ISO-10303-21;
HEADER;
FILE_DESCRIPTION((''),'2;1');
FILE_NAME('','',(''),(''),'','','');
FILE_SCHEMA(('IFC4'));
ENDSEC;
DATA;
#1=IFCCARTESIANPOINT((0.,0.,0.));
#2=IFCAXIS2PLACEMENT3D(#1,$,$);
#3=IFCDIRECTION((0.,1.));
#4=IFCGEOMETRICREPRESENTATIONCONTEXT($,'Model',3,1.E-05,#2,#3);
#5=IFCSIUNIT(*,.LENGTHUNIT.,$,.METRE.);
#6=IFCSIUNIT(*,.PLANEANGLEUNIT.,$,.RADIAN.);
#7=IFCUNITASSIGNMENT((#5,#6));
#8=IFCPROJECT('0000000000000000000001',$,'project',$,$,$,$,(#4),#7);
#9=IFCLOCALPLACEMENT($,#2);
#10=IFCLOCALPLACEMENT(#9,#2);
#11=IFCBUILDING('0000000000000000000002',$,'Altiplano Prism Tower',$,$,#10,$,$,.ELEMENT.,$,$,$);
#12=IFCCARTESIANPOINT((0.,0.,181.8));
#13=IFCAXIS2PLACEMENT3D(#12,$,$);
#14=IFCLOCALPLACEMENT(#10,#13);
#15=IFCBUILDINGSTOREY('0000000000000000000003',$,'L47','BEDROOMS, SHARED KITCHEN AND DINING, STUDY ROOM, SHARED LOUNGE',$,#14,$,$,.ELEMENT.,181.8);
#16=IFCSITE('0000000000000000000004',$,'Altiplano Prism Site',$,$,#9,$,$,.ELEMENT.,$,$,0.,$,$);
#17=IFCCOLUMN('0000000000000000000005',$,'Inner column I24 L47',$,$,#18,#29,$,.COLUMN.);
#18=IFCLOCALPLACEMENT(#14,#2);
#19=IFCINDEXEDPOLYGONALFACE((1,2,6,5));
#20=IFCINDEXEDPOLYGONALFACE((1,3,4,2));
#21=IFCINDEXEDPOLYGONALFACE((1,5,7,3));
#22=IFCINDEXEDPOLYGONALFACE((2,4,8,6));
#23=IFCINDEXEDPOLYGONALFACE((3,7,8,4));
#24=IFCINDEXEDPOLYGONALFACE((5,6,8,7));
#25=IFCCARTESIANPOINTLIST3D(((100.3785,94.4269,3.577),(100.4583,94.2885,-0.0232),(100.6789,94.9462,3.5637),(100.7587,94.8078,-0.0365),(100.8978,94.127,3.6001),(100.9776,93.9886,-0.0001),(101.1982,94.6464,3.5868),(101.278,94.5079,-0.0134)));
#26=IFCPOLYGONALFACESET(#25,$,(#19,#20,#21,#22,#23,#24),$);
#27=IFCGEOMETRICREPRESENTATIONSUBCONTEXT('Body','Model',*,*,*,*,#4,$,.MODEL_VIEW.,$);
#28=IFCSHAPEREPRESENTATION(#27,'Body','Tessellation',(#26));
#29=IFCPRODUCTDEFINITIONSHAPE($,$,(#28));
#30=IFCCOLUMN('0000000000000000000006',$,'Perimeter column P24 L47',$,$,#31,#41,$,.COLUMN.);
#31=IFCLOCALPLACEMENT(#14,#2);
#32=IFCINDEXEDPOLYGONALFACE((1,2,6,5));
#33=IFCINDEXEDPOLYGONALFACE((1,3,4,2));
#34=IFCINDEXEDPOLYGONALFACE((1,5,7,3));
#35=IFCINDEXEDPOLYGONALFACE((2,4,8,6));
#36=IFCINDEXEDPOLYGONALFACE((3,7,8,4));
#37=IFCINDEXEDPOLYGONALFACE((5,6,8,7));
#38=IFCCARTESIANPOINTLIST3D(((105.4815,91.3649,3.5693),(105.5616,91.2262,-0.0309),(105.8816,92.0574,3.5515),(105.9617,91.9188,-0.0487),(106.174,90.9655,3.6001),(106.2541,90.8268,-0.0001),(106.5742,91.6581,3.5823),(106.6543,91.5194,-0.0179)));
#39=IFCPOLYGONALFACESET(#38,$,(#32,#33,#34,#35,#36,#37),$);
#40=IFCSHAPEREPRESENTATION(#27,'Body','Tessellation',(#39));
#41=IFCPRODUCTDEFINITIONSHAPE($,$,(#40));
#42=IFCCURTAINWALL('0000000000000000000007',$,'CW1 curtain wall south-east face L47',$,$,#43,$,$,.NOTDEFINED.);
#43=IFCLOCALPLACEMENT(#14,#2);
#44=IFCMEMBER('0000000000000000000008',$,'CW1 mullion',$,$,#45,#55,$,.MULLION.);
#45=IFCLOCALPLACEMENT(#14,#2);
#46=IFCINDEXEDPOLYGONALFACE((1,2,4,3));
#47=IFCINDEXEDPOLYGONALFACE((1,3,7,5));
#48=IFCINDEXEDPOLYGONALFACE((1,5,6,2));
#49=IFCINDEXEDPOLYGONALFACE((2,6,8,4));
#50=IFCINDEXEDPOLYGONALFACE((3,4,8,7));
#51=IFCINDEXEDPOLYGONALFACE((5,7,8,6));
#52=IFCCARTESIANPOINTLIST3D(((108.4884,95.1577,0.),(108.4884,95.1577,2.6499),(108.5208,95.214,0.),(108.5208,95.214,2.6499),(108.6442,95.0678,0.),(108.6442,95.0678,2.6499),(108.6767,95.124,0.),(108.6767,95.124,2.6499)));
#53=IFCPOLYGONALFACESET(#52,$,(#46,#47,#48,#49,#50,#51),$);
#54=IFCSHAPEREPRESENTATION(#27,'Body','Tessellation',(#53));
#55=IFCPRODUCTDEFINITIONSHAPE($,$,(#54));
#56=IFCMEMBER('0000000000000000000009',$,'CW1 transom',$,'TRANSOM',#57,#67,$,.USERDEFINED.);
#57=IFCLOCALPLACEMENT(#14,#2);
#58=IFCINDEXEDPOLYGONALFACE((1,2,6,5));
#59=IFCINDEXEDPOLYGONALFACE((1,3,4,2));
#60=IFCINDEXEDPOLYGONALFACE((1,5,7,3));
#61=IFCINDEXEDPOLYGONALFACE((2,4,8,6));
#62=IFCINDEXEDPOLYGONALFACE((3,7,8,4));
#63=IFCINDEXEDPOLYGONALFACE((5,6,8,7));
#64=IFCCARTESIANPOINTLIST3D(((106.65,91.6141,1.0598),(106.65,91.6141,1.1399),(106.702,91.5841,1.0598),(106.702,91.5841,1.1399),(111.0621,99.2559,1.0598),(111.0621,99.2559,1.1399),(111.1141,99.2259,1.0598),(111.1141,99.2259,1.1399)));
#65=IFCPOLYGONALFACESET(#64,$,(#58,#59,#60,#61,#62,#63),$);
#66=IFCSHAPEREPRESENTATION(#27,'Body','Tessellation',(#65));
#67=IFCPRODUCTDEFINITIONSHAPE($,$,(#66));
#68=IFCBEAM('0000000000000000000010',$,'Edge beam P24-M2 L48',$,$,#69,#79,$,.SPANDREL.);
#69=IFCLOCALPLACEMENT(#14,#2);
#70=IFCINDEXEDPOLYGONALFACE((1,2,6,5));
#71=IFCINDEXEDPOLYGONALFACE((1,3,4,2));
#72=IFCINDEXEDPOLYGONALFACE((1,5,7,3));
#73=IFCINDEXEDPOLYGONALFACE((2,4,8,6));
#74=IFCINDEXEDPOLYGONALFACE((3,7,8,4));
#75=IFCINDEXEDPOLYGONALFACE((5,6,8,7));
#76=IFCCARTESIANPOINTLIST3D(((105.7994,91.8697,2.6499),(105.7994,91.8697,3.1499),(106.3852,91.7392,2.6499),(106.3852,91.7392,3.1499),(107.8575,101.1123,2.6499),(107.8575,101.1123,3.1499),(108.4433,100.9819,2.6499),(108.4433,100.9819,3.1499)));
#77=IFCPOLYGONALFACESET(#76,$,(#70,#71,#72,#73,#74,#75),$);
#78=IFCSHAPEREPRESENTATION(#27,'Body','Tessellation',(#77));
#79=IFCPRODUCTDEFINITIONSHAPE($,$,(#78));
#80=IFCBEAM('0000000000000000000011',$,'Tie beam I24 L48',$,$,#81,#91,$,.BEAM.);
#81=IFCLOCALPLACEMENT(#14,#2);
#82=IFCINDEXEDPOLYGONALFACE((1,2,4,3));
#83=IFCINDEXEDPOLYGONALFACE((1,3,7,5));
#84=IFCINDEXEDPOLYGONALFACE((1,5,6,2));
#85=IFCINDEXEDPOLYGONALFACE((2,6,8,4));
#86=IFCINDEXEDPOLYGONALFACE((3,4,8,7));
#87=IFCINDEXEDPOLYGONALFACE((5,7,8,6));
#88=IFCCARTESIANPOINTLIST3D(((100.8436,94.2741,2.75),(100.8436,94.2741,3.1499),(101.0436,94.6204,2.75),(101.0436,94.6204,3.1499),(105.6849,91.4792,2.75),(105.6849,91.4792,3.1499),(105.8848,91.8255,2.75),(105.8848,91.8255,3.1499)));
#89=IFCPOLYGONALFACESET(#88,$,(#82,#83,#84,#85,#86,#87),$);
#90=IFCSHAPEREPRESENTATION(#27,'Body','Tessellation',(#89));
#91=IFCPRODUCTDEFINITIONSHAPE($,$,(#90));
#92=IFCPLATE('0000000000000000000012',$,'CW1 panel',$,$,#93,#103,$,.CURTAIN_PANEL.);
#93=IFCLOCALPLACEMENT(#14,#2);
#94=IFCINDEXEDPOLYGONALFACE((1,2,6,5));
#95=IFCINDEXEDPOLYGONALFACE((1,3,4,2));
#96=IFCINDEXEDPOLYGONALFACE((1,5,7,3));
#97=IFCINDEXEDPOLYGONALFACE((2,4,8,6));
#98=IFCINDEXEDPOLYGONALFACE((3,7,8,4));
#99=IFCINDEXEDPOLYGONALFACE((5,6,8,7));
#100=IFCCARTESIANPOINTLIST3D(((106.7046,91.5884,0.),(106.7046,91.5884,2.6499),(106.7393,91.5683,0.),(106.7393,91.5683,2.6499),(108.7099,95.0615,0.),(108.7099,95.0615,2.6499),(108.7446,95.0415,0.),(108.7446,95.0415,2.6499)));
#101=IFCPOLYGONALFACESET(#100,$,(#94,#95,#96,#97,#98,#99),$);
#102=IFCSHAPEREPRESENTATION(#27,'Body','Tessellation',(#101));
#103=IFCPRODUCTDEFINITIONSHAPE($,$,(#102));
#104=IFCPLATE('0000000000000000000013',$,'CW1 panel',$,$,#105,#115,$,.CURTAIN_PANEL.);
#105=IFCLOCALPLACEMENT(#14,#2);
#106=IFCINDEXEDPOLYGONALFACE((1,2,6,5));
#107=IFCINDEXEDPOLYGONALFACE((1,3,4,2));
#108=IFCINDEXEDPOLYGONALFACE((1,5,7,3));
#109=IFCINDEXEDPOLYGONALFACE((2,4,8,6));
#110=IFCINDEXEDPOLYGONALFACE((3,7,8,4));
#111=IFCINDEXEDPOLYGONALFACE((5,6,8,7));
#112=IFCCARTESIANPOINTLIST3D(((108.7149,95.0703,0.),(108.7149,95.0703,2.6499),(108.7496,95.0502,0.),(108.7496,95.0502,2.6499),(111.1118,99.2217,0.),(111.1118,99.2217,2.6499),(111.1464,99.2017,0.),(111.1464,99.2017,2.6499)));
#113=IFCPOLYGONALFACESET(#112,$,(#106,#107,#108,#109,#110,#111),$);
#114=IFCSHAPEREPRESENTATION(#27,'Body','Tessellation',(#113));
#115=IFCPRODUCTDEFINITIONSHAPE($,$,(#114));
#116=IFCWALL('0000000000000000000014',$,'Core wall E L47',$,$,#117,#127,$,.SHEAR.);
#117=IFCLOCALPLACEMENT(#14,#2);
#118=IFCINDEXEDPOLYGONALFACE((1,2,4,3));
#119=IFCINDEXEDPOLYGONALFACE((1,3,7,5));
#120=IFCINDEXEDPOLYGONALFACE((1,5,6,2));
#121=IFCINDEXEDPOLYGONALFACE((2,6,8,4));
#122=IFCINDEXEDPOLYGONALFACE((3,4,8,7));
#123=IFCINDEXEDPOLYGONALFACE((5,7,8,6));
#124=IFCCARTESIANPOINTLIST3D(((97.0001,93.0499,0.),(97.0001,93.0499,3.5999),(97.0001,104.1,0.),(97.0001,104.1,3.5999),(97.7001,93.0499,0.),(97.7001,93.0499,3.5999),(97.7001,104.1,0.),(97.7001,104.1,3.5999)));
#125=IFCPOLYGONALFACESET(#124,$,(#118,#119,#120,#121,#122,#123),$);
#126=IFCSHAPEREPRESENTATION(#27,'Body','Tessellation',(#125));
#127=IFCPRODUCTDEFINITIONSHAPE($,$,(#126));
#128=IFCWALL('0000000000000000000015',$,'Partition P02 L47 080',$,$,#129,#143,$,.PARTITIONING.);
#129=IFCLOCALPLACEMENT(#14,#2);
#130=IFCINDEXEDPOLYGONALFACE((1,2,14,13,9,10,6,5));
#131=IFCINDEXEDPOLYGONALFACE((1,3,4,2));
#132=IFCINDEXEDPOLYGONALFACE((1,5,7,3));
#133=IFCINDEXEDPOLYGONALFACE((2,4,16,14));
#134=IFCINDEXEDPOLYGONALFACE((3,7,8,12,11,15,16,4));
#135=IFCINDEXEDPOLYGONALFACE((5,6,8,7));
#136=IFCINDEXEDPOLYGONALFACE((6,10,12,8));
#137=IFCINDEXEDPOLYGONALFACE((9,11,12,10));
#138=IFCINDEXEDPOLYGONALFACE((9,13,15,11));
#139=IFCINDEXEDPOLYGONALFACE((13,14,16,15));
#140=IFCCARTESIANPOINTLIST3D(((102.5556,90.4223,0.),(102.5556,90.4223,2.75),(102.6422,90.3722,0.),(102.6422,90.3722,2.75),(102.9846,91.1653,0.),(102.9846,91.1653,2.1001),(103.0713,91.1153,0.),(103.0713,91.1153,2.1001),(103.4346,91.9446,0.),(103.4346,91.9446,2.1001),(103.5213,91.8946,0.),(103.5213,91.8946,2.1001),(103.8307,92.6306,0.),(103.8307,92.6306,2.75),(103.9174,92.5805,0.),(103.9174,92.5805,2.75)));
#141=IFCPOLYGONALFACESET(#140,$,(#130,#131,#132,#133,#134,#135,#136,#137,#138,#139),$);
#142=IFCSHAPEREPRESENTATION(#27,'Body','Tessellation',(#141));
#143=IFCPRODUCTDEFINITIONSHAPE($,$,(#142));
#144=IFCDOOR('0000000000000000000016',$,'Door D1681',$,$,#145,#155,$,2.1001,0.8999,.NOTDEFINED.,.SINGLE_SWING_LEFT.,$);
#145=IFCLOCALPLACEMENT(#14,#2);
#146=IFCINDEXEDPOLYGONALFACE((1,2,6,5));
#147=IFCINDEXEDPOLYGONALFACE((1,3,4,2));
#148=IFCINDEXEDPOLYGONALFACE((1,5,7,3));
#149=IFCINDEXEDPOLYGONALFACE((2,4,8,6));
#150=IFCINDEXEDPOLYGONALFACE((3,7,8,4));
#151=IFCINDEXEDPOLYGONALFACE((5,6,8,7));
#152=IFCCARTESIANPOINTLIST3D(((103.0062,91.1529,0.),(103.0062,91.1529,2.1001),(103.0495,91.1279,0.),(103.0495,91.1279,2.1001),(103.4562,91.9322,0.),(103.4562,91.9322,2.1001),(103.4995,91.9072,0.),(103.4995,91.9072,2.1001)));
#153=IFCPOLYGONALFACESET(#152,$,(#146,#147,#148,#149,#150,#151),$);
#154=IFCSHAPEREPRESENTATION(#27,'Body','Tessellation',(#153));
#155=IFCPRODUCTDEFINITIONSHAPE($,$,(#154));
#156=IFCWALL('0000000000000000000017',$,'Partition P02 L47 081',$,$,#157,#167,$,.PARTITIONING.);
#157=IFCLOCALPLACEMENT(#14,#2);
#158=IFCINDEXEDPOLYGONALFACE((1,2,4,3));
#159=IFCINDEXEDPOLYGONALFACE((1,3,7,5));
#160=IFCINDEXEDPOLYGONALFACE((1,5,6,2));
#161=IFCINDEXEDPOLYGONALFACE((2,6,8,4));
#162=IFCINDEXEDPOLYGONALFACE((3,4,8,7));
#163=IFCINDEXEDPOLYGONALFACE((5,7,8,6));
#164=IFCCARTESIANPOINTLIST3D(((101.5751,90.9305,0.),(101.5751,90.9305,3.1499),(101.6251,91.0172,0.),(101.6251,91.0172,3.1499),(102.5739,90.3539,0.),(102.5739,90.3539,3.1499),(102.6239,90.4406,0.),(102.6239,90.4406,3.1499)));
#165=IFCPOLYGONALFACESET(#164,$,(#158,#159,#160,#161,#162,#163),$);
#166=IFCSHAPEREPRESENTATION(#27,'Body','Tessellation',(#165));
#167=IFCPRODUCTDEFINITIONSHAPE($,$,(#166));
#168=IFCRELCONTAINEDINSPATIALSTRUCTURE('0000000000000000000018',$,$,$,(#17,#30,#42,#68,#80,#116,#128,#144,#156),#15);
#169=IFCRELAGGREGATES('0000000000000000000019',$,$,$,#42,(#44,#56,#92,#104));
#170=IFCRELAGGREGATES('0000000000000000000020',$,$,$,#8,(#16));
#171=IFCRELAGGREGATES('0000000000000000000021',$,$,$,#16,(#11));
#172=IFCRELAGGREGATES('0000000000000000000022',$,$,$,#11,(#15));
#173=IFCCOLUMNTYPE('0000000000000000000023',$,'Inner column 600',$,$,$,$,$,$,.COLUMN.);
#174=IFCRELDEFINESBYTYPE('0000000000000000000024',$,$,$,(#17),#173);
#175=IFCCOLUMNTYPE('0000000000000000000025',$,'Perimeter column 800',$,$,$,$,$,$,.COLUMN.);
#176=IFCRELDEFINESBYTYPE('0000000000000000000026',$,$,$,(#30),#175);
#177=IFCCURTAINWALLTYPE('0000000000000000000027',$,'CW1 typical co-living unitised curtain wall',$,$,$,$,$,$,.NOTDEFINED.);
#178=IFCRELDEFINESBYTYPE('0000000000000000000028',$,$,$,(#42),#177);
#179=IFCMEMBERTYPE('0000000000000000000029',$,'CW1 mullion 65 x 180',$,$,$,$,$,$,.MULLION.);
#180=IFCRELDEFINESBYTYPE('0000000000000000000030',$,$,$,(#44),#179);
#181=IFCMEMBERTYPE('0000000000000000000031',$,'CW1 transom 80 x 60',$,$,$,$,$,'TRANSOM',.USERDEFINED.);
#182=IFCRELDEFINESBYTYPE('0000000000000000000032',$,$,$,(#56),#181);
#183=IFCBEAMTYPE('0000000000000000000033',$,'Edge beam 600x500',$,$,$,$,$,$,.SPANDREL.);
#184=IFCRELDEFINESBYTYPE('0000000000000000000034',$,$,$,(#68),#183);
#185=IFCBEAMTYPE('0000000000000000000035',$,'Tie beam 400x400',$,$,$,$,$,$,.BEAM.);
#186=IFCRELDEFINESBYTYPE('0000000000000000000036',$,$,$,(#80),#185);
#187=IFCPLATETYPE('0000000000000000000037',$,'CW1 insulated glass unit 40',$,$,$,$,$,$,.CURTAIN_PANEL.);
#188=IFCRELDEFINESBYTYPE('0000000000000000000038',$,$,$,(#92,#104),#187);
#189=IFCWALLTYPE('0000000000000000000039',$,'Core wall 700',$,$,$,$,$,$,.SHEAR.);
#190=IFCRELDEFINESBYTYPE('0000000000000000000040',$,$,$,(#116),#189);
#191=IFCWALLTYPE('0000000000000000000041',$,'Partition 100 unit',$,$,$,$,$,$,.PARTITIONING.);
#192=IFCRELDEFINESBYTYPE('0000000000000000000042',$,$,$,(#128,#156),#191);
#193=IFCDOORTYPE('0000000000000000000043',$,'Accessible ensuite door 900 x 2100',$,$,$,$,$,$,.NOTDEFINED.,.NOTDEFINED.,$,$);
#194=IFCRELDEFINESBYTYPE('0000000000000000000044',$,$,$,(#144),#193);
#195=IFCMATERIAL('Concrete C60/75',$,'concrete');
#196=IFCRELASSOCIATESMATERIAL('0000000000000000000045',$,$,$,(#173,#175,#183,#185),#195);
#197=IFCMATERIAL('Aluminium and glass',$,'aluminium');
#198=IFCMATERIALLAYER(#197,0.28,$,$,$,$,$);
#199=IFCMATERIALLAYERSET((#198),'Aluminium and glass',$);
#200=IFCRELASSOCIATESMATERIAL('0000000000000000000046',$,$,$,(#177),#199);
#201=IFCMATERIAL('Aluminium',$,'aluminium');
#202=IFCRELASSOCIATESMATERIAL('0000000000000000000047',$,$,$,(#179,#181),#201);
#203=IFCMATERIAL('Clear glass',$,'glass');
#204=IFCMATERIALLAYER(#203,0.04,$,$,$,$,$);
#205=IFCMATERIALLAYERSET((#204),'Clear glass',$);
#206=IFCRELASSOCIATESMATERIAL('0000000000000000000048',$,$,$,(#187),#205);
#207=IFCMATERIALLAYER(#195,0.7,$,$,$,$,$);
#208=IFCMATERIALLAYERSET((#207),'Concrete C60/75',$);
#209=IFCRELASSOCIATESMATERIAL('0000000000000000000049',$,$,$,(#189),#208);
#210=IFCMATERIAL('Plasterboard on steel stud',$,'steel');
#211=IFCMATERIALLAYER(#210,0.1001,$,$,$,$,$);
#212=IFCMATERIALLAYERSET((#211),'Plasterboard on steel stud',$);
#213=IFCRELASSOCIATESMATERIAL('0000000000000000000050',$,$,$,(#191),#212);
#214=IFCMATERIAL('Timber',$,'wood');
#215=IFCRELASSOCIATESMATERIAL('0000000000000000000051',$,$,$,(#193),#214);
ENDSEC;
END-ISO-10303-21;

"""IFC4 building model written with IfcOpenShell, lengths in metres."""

from ifc_helpers import new_model, si_unit, direction, frame, frame_2d, origin, origin_2d, place, context, subcontext, project, spatial, rectangle, extrude, material, layer, layer_set, material_profile, profile_set, type_object, element, fill, aggregate, save


model = new_model("IFC4")

# Units and contexts
model_context = context("Model", 3, precision=1e-05, world=origin(), true_north=direction((0.0, 1.0)))
body_context = subcontext(model_context, "Body", "Model", "MODEL_VIEW")
ifc_project = project(units=[si_unit("LENGTHUNIT", "METRE"), si_unit("PLANEANGLEUNIT", "RADIAN")], contexts=[model_context])

# Site, building, storey
site_placement = place(None, origin())
site = spatial("IfcSite", under=ifc_project, at=site_placement, Name="Altiplano Prism Site", CompositionType="ELEMENT", RefElevation=0.0)
building_placement = place(site_placement, origin())
building = spatial("IfcBuilding", under=site, at=building_placement, Name="Altiplano Prism Tower", CompositionType="ELEMENT")
storey_placement = place(building_placement, frame((0.0, 0.0, 181.8)))
storey = spatial("IfcBuildingStorey", under=building, at=storey_placement, Name="L47", Description="BEDROOMS, SHARED KITCHEN AND DINING, STUDY ROOM, SHARED LOUNGE", CompositionType="ELEMENT", Elevation=181.8)

# Columns
ifc_material_1 = material(Name="Concrete C60/75", Category="concrete")
ifc_material_profile_1 = material_profile(ifc_material_1, rectangle(XDim=0.6001, YDim=0.6001, at=origin_2d()), Name="Inner column 600")
ifc_profile_set_1 = profile_set([ifc_material_profile_1], Name="Concrete C60/75")
column_type_1 = type_object("IfcColumnType", Name="Inner column 600", PredefinedType="COLUMN", material=ifc_profile_set_1)
column_1_placement = place(storey_placement, frame((100.8682, 94.3982, -0.0183), z_axis=(-0.022154, 0.038413, 0.999016), x_axis=(-0.500655, -0.865363, 0.022172)))
element("IfcColumn", 1, at=column_1_placement, inside=storey, type_object=column_type_1, Name="Inner column I24 L47", PredefinedType="COLUMN", context=body_context, shape_type="SweptSolid", body=[
    extrude(rectangle(XDim=0.6001, YDim=0.6001, at=origin_2d()), origin(), (0.0, 0.0, 1.0), 3.6038),
])
ifc_material_profile_2 = material_profile(ifc_material_1, rectangle(XDim=0.8, YDim=0.8, at=origin_2d()), Name="Perimeter column 800")
ifc_profile_set_2 = profile_set([ifc_material_profile_2], Name="Concrete C60/75")
column_type_2 = type_object("IfcColumnType", Name="Perimeter column 800", PredefinedType="COLUMN", material=ifc_profile_set_2)
column_2_placement = place(storey_placement, frame((106.1079, 91.3728, -0.0244), z_axis=(-0.022221, 0.038481, 0.999012), x_axis=(-0.500172, -0.865641, 0.022218)))
element("IfcColumn", 2, at=column_2_placement, inside=storey, type_object=column_type_2, Name="Perimeter column P24 L47", PredefinedType="COLUMN", context=body_context, shape_type="SweptSolid", body=[
    extrude(rectangle(XDim=0.8, YDim=0.8, at=origin_2d()), origin(), (0.0, 0.0, 1.0), 3.6038),
])

# Curtain wall, members
ifc_material_2 = material(Name="Aluminium and glass", Category="aluminium")
ifc_layer_1 = layer(ifc_material_2, 0.28)
ifc_layer_set_1 = layer_set([ifc_layer_1], Name="Aluminium and glass")
curtain_wall_type = type_object("IfcCurtainWallType", Name="CW1 typical co-living unitised curtain wall", PredefinedType="NOTDEFINED", material=ifc_layer_set_1)
curtain_wall_placement = place(storey_placement, origin())
curtain_wall = element("IfcCurtainWall", 3, at=curtain_wall_placement, inside=storey, type_object=curtain_wall_type, Name="CW1 curtain wall south-east face L47", PredefinedType="NOTDEFINED")
ifc_material_3 = material(Name="Aluminium", Category="aluminium")
ifc_material_profile_3 = material_profile(ifc_material_3, rectangle(XDim=0.1799, YDim=0.0649, at=origin_2d()), Name="CW1 mullion 65 x 180")
ifc_profile_set_3 = profile_set([ifc_material_profile_3], Name="Aluminium")
member_type_1 = type_object("IfcMemberType", Name="CW1 mullion 65 x 180", PredefinedType="MULLION", material=ifc_profile_set_3)
member_1_placement = place(storey_placement, frame((108.5825, 95.1409, 0.0), z_axis=(0.0, 0.0, 1.0), x_axis=(-0.866025, 0.5, 0.0)))
member_1 = element("IfcMember", 4, at=member_1_placement, type_object=member_type_1, Name="CW1 mullion", PredefinedType="MULLION", context=body_context, shape_type="SweptSolid", body=[
    extrude(rectangle(XDim=0.1799, YDim=0.0649, at=origin_2d()), origin(), (0.0, 0.0, 1.0), 2.6499),
])
ifc_material_profile_4 = material_profile(ifc_material_3, rectangle(XDim=0.0601, YDim=0.0801, at=origin_2d()), Name="CW1 transom 80 x 60")
ifc_profile_set_4 = profile_set([ifc_material_profile_4], Name="Aluminium")
member_type_2 = type_object("IfcMemberType", Name="CW1 transom 80 x 60", ElementType="TRANSOM", PredefinedType="USERDEFINED", material=ifc_profile_set_4)
member_2_placement = place(storey_placement, frame((106.676, 91.5991, 1.0999), z_axis=(0.500007, 0.866021, 0.0), x_axis=(-0.866021, 0.500007, 0.0)))
member_2 = element("IfcMember", 5, at=member_2_placement, type_object=member_type_2, Name="CW1 transom", ObjectType="TRANSOM", PredefinedType="USERDEFINED", context=body_context, shape_type="SweptSolid", body=[
    extrude(rectangle(XDim=0.0601, YDim=0.0801, at=origin_2d()), origin(), (0.0, 0.0, 1.0), 8.824),
])

# Beams
ifc_material_profile_5 = material_profile(ifc_material_1, rectangle(XDim=0.6001, YDim=0.5, at=origin_2d()), Name="Edge beam 600x500")
ifc_profile_set_5 = profile_set([ifc_material_profile_5], Name="Concrete C60/75")
beam_type_1 = type_object("IfcBeamType", Name="Edge beam 600x500", PredefinedType="SPANDREL", material=ifc_profile_set_5)
beam_1_placement = place(storey_placement, frame((106.0923, 91.8044, 2.8999), z_axis=(0.217351, 0.976094, 0.0), x_axis=(-0.976094, 0.217351, 0.0)))
element("IfcBeam", 6, at=beam_1_placement, inside=storey, type_object=beam_type_1, Name="Edge beam P24-M2 L48", PredefinedType="SPANDREL", context=body_context, shape_type="SweptSolid", body=[
    extrude(rectangle(XDim=0.6001, YDim=0.5, at=origin_2d()), origin(), (0.0, 0.0, 1.0), 9.469),
])
ifc_material_profile_6 = material_profile(ifc_material_1, rectangle(XDim=0.3999, YDim=0.3999, at=origin_2d()), Name="Tie beam 400x400")
ifc_profile_set_6 = profile_set([ifc_material_profile_6], Name="Concrete C60/75")
beam_type_2 = type_object("IfcBeamType", Name="Tie beam 400x400", PredefinedType="BEAM", material=ifc_profile_set_6)
beam_2_placement = place(storey_placement, frame((100.9436, 94.4473, 2.95), z_axis=(0.866042, -0.499972, 0.0), x_axis=(0.499972, 0.866042, 0.0)))
element("IfcBeam", 7, at=beam_2_placement, inside=storey, type_object=beam_type_2, Name="Tie beam I24 L48", PredefinedType="BEAM", context=body_context, shape_type="SweptSolid", body=[
    extrude(rectangle(XDim=0.3999, YDim=0.3999, at=origin_2d()), origin(), (0.0, 0.0, 1.0), 5.5901),
])

# Plates
ifc_material_4 = material(Name="Clear glass", Category="glass")
ifc_layer_2 = layer(ifc_material_4, 0.04)
ifc_layer_set_2 = layer_set([ifc_layer_2], Name="Clear glass")
plate_type = type_object("IfcPlateType", Name="CW1 insulated glass unit 40", PredefinedType="CURTAIN_PANEL", material=ifc_layer_set_2)
plate_1_placement = place(storey_placement, frame((107.7246, 93.3149, 0.0), z_axis=(0.0, 0.0, 1.0), x_axis=(0.5, 0.866025, 0.0)))
plate_1 = element("IfcPlate", 8, at=plate_1_placement, type_object=plate_type, Name="CW1 panel", PredefinedType="CURTAIN_PANEL", context=body_context, shape_type="SweptSolid", body=[
    extrude(rectangle(XDim=4.0105, YDim=0.04, at=origin_2d()), origin(), (0.0, 0.0, 1.0), 2.6499),
])
plate_2_placement = place(storey_placement, frame((109.9307, 97.136, 0.0), z_axis=(0.0, 0.0, 1.0), x_axis=(0.5, 0.866025, 0.0)))
plate_2 = element("IfcPlate", 9, at=plate_2_placement, type_object=plate_type, Name="CW1 panel", PredefinedType="CURTAIN_PANEL", context=body_context, shape_type="SweptSolid", body=[
    extrude(rectangle(XDim=4.7937, YDim=0.04, at=origin_2d()), origin(), (0.0, 0.0, 1.0), 2.6499),
])
aggregate(curtain_wall, [member_1, member_2, plate_1, plate_2])

# Wall
ifc_layer_3 = layer(ifc_material_1, 0.7)
ifc_layer_set_3 = layer_set([ifc_layer_3], Name="Concrete C60/75")
wall_type_1 = type_object("IfcWallType", Name="Core wall 700", PredefinedType="SHEAR", material=ifc_layer_set_3)
wall_1_placement = place(storey_placement, frame((97.3501, 93.05, 0.0), z_axis=(0.0, 0.0, 1.0), x_axis=(0.0, 1.0, 0.0)))
element("IfcWall", 10, at=wall_1_placement, inside=storey, type_object=wall_type_1, Name="Core wall E L47", PredefinedType="SHEAR", context=body_context, shape_type="SweptSolid", body=[
    extrude(rectangle(XDim=11.05, YDim=0.7, at=frame_2d((5.5249, 0.0))), origin(), (0.0, 0.0, 1.0), 3.5999),
])

# Wall, opening, door
ifc_material_5 = material(Name="Plasterboard on steel stud", Category="steel")
ifc_layer_4 = layer(ifc_material_5, 0.1001)
ifc_layer_set_4 = layer_set([ifc_layer_4], Name="Plasterboard on steel stud")
wall_type_2 = type_object("IfcWallType", Name="Partition 100 unit", PredefinedType="PARTITIONING", material=ifc_layer_set_4)
wall_2_placement = place(storey_placement, frame((103.874, 92.6055, 0.0), z_axis=(0.0, 0.0, 1.0), x_axis=(-0.500062, -0.865989, 0.0)))
wall_2 = element("IfcWall", 11, at=wall_2_placement, inside=storey, type_object=wall_type_2, Name="Partition P02 L47 080", PredefinedType="PARTITIONING", context=body_context, shape_type="SweptSolid", body=[
    extrude(rectangle(XDim=2.55, YDim=0.1001, at=frame_2d((1.2749, 0.0))), origin(), (0.0, 0.0, 1.0), 2.75),
])
opening_1_placement = place(wall_2_placement, frame((0.792, 0.0, 0.0)))
opening_1 = element("IfcOpeningElement", 12, at=opening_1_placement, cuts=wall_2, PredefinedType="OPENING", context=body_context, shape_type="SweptSolid", body=[
    extrude(rectangle(XDim=0.8999, YDim=2.1001, at=frame_2d((0.45, 1.05))), frame((0.0, 0.0605, 0.0), z_axis=(0.0, -1.0, 0.0), x_axis=(1.0, 0.0, 0.0)), (0.0, 0.0, 1.0), 0.1211),
])
ifc_material_6 = material(Name="Timber", Category="wood")
door_type_1 = type_object("IfcDoorType", Name="Accessible ensuite door 900 x 2100", OperationType="NOTDEFINED", PredefinedType="NOTDEFINED", material=ifc_material_6)
door_1_placement = place(opening_1_placement, origin())
door_1 = element("IfcDoor", 13, at=door_1_placement, inside=storey, type_object=door_type_1, Name="Door D1681", OperationType="SINGLE_SWING_LEFT", OverallHeight=2.1001, OverallWidth=0.8999, PredefinedType="NOTDEFINED", context=body_context, shape_type="SweptSolid", body=[
    extrude(rectangle(XDim=0.8999, YDim=2.1001, at=frame_2d((0.45, 1.05))), frame((0.0, 0.0249, 0.0), z_axis=(0.0, -1.0, 0.0), x_axis=(1.0, 0.0, 0.0)), (0.0, 0.0, 1.0), 0.05),
])
fill(opening_1, door_1)

# Wall
wall_3_placement = place(storey_placement, frame((102.5989, 90.3972, 0.0), z_axis=(0.0, 0.0, 1.0), x_axis=(-0.86602, 0.50001, 0.0)))
element("IfcWall", 14, at=wall_3_placement, inside=storey, type_object=wall_type_2, Name="Partition P02 L47 081", PredefinedType="PARTITIONING", context=body_context, shape_type="SweptSolid", body=[
    extrude(rectangle(XDim=1.1533, YDim=0.1001, at=frame_2d((0.5767, 0.0))), origin(), (0.0, 0.0, 1.0), 3.1499),
])

save(model, "model.ifc")
